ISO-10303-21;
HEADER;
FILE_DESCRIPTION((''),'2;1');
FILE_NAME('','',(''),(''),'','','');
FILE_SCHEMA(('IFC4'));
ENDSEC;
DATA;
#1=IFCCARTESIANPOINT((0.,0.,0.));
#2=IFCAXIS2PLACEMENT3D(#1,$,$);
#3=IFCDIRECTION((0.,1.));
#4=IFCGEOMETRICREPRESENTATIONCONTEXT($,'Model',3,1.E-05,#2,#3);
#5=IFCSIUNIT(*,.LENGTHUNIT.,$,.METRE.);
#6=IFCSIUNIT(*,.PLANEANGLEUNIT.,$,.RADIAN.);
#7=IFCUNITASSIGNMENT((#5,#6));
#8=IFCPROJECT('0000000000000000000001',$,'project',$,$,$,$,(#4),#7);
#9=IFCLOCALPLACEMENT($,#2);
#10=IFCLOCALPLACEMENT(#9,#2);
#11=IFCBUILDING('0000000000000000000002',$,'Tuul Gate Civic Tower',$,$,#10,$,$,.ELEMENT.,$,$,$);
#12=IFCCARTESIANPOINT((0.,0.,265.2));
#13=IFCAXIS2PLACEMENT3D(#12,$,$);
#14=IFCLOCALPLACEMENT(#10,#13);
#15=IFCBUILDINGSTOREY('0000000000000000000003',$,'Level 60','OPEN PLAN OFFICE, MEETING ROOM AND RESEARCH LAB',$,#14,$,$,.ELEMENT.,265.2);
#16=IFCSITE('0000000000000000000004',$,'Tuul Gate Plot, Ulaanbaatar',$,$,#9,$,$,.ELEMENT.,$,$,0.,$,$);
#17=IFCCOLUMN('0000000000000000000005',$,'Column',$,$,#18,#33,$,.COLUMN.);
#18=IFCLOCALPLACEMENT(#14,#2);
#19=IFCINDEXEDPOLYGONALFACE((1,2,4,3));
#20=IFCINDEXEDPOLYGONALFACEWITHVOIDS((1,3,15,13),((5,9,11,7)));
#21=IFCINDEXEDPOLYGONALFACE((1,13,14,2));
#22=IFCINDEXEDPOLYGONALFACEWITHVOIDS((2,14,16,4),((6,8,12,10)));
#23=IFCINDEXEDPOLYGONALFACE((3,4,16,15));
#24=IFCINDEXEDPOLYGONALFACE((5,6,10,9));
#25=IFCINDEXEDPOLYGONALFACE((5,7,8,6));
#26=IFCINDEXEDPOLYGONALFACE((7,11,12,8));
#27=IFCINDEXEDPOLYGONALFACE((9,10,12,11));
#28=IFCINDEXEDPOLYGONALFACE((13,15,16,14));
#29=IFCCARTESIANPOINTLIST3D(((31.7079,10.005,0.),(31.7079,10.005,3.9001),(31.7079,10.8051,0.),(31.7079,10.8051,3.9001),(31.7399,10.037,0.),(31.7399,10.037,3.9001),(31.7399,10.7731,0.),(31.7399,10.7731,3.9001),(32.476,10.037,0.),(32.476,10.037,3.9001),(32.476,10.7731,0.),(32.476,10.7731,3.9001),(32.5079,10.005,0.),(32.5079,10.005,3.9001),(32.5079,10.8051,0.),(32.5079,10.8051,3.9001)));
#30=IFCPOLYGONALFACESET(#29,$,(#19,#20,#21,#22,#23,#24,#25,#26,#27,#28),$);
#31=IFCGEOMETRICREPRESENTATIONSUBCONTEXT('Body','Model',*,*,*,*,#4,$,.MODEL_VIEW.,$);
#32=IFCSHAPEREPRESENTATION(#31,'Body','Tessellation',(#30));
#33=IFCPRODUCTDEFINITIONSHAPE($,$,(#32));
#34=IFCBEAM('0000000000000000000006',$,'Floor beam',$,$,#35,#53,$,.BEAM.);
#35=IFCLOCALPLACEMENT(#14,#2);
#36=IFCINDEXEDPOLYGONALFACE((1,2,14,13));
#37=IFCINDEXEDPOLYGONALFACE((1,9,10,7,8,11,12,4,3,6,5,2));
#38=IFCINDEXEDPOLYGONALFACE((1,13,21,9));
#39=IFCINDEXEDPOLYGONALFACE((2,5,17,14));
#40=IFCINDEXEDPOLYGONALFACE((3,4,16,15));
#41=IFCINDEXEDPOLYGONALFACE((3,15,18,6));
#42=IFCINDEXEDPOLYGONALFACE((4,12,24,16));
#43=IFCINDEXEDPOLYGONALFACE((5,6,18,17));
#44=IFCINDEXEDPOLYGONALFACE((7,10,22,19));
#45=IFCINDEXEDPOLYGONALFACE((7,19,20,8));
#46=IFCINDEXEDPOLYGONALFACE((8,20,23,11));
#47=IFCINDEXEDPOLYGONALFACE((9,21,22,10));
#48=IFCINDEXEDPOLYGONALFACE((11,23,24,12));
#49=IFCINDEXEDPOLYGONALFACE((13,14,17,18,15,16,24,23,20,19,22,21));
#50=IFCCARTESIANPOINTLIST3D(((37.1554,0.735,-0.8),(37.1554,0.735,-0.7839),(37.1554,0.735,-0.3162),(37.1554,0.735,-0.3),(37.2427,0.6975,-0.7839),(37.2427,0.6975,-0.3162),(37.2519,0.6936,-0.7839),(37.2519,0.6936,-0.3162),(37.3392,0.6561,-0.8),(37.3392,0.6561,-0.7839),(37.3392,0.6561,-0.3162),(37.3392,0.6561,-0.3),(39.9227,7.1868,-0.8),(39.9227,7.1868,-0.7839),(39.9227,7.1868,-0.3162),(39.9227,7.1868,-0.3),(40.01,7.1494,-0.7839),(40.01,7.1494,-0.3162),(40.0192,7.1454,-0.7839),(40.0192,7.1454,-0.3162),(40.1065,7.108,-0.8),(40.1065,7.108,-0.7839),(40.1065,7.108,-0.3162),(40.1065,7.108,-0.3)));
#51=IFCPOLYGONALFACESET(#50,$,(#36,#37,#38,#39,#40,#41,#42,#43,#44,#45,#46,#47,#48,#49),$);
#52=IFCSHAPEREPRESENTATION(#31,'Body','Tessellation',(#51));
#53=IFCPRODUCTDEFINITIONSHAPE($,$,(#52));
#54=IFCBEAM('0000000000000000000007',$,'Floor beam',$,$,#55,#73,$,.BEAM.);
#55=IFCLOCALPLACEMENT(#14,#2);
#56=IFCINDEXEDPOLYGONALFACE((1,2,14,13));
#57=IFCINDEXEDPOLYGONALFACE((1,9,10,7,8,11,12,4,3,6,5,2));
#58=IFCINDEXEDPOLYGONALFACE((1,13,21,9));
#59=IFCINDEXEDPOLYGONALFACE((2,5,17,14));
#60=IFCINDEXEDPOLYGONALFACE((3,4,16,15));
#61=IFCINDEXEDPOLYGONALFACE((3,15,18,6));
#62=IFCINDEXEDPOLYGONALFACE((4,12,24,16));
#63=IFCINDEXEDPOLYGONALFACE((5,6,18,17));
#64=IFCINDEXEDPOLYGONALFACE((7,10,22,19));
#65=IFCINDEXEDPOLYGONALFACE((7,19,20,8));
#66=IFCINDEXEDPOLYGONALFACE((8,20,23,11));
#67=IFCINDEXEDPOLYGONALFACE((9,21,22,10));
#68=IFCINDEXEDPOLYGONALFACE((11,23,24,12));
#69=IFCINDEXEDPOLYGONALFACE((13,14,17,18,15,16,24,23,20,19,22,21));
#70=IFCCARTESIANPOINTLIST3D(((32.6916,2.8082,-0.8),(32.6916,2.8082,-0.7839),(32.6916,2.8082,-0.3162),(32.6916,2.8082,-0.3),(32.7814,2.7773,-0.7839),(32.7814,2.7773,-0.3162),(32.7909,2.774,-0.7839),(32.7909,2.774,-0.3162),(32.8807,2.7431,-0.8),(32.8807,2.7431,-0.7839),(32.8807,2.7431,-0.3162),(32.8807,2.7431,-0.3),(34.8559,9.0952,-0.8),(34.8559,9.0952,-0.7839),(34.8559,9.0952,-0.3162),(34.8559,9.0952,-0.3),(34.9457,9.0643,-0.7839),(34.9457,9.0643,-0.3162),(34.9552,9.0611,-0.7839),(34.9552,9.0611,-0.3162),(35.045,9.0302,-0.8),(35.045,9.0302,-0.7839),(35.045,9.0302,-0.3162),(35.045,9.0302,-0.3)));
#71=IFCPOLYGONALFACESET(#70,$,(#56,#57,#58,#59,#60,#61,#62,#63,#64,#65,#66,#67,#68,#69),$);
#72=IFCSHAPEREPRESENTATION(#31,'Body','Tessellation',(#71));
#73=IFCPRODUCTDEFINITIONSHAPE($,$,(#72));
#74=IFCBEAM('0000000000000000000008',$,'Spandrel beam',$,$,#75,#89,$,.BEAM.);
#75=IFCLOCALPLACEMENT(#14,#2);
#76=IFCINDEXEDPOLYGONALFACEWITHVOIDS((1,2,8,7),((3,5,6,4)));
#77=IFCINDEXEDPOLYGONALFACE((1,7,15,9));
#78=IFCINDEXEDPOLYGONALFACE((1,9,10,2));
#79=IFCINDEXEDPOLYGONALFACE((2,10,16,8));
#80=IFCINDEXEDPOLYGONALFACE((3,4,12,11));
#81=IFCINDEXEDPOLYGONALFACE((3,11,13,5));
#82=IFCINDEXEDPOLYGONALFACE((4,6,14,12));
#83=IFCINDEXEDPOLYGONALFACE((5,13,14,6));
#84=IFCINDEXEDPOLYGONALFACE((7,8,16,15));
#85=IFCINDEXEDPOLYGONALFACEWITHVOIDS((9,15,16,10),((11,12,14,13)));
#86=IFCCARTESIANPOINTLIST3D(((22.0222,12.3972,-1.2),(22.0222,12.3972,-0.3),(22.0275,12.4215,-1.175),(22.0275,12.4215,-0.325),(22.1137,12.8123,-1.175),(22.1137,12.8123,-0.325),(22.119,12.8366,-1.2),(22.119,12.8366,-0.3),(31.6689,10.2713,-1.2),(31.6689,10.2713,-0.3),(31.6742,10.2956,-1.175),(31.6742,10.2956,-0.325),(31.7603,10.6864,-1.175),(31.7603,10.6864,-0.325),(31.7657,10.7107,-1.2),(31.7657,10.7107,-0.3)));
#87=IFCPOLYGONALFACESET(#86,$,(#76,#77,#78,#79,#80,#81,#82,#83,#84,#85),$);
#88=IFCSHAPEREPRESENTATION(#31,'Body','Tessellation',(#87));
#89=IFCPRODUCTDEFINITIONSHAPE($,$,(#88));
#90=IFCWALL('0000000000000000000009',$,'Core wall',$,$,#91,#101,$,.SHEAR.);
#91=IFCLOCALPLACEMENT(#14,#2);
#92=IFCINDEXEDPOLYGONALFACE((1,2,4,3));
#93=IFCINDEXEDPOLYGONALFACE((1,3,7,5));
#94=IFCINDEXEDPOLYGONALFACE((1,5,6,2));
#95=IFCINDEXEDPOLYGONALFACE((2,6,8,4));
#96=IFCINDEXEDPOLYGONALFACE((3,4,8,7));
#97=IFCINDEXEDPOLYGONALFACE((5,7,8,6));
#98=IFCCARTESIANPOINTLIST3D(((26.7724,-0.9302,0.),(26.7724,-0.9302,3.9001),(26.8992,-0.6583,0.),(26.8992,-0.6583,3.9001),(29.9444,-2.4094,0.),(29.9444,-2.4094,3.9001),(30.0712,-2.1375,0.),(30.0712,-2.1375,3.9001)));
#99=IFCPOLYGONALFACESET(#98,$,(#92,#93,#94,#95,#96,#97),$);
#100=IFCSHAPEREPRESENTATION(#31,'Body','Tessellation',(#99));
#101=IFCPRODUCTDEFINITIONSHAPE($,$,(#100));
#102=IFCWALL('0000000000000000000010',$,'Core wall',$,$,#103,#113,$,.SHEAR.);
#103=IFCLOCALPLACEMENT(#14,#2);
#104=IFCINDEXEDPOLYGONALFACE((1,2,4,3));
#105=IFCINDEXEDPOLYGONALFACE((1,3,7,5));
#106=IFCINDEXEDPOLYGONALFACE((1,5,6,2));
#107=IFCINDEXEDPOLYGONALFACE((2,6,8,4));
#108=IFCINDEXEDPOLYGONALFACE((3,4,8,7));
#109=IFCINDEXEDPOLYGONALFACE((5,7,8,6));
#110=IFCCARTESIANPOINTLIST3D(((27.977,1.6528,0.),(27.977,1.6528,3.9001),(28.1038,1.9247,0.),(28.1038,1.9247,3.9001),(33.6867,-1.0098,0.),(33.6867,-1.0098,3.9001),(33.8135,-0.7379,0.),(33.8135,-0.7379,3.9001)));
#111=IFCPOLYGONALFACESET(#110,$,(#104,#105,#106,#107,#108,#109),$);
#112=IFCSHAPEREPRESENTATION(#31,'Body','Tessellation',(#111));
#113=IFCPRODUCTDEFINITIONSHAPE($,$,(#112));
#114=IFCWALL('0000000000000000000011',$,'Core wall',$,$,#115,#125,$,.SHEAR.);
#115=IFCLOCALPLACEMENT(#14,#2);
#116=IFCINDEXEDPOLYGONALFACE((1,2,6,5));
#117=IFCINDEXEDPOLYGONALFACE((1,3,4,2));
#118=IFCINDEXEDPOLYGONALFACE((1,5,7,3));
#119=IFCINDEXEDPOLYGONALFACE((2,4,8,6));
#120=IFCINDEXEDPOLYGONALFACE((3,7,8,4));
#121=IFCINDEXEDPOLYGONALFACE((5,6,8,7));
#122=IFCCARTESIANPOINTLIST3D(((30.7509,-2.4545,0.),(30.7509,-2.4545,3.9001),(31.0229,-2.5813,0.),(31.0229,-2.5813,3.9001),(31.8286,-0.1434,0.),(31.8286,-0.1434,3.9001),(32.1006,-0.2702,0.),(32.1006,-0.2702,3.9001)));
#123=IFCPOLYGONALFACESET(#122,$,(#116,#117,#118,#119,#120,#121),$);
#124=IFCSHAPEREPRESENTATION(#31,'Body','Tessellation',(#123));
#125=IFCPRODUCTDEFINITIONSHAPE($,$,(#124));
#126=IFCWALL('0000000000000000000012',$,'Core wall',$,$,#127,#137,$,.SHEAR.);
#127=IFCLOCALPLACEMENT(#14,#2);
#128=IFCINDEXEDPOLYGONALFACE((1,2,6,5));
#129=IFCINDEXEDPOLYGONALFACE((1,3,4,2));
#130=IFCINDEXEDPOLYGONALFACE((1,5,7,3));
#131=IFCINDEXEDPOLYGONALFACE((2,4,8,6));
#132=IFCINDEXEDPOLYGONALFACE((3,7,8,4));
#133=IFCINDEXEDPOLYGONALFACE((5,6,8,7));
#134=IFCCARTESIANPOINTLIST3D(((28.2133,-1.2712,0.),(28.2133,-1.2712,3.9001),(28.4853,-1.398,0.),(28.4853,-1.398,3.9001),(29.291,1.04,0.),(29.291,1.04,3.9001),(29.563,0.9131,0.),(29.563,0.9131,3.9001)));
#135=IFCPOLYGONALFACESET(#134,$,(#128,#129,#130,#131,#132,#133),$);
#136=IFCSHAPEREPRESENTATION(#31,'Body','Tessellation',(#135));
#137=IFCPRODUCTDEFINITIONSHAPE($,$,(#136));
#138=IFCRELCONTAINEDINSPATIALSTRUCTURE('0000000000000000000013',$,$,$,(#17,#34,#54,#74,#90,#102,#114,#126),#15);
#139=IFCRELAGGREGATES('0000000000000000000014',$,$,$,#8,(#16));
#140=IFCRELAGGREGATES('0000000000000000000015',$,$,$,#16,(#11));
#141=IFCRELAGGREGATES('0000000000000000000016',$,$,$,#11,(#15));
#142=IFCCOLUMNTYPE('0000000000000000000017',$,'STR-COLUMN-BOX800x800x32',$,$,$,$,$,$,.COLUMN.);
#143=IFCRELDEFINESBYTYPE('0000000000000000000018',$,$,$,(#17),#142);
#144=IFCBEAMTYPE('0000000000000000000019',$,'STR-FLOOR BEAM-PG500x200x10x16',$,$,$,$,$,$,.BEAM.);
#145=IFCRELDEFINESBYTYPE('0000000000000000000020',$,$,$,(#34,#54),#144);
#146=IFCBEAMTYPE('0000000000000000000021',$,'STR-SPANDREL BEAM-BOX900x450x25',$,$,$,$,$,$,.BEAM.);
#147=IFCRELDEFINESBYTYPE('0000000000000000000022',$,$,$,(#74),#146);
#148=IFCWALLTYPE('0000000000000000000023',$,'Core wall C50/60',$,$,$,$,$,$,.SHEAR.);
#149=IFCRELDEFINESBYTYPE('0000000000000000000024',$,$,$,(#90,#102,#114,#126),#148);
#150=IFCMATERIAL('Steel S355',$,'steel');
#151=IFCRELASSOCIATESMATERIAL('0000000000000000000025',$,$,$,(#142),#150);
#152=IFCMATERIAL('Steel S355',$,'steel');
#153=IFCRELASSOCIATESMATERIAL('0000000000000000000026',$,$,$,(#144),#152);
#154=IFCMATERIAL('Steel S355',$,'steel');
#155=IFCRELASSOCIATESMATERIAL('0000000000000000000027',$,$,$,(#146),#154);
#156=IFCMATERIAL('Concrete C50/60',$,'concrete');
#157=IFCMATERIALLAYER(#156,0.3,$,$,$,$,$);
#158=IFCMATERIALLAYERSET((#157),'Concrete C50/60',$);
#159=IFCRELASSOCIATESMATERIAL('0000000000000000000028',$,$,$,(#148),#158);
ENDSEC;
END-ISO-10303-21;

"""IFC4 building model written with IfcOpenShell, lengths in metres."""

from ifc_helpers import new_model, si_unit, direction, frame, frame_2d, origin, origin_2d, place, context, subcontext, project, spatial, rectangle, hollow_rectangle, i_section, extrude, material, layer, layer_set, material_profile, profile_set, type_object, element, save


model = new_model("IFC4")

# Units and contexts
model_context = context("Model", 3, precision=1e-05, world=origin(), true_north=direction((0.0, 1.0)))
body_context = subcontext(model_context, "Body", "Model", "MODEL_VIEW")
ifc_project = project(units=[si_unit("LENGTHUNIT", "METRE"), si_unit("PLANEANGLEUNIT", "RADIAN")], contexts=[model_context])

# Site, building, storey
site_placement = place(None, origin())
site = spatial("IfcSite", under=ifc_project, at=site_placement, Name="Tuul Gate Plot, Ulaanbaatar", CompositionType="ELEMENT", RefElevation=0.0)
building_placement = place(site_placement, origin())
building = spatial("IfcBuilding", under=site, at=building_placement, Name="Tuul Gate Civic Tower", CompositionType="ELEMENT")
storey_placement = place(building_placement, frame((0.0, 0.0, 265.2)))
storey = spatial("IfcBuildingStorey", under=building, at=storey_placement, Name="Level 60", Description="OPEN PLAN OFFICE, MEETING ROOM AND RESEARCH LAB", CompositionType="ELEMENT", Elevation=265.2)

# Column
ifc_material_1 = material(Name="Steel S355", Category="steel")
ifc_material_profile_1 = material_profile(ifc_material_1, hollow_rectangle(XDim=0.8, YDim=0.8, WallThickness=0.032, at=origin_2d()), Name="BOX800x800x32")
ifc_profile_set_1 = profile_set([ifc_material_profile_1], Name="Steel S355")
column_type = type_object("IfcColumnType", Name="STR-COLUMN-BOX800x800x32", PredefinedType="COLUMN", material=ifc_profile_set_1)
column_placement = place(storey_placement, frame((32.1079, 10.405, 0.0), z_axis=(0.0, 0.0, 1.0), x_axis=(1.0, 0.0, 0.0)))
element("IfcColumn", 1, at=column_placement, inside=storey, type_object=column_type, Name="Column", PredefinedType="COLUMN", context=body_context, shape_type="SweptSolid", body=[
    extrude(hollow_rectangle(XDim=0.8, YDim=0.8, WallThickness=0.032, at=origin_2d()), origin(), (0.0, 0.0, 1.0), 3.9001),
])

# Beams
ifc_material_2 = material(Name="Steel S355", Category="steel")
ifc_material_profile_2 = material_profile(ifc_material_2, i_section(OverallWidth=0.2, OverallDepth=0.5, WebThickness=0.01, FlangeThickness=0.0161, at=origin_2d()), Name="PG500x200x10x16")
ifc_profile_set_2 = profile_set([ifc_material_profile_2], Name="Steel S355")
beam_type_1 = type_object("IfcBeamType", Name="STR-FLOOR BEAM-PG500x200x10x16", PredefinedType="BEAM", material=ifc_profile_set_2)
beam_1_placement = place(storey_placement, frame((37.2473, 0.6956, -0.55), z_axis=(0.394188, 0.91903, 0.0), x_axis=(-0.91903, 0.394188, 0.0)))
element("IfcBeam", 2, at=beam_1_placement, inside=storey, type_object=beam_type_1, Name="Floor beam", PredefinedType="BEAM", context=body_context, shape_type="SweptSolid", body=[
    extrude(i_section(OverallWidth=0.2, OverallDepth=0.5, WebThickness=0.01, FlangeThickness=0.0161, at=origin_2d()), origin(), (0.0, 0.0, 1.0), 7.0203),
])
beam_2_placement = place(storey_placement, frame((32.7861, 2.7756, -0.55), z_axis=(0.325498, 0.945543, 0.0), x_axis=(-0.945543, 0.325498, 0.0)))
element("IfcBeam", 3, at=beam_2_placement, inside=storey, type_object=beam_type_1, Name="Floor beam", PredefinedType="BEAM", context=body_context, shape_type="SweptSolid", body=[
    extrude(i_section(OverallWidth=0.2, OverallDepth=0.5, WebThickness=0.01, FlangeThickness=0.0161, at=origin_2d()), origin(), (0.0, 0.0, 1.0), 6.6492),
])
ifc_material_3 = material(Name="Steel S355", Category="steel")
ifc_material_profile_3 = material_profile(ifc_material_3, hollow_rectangle(XDim=0.45, YDim=0.8999, WallThickness=0.0249, at=origin_2d()), Name="BOX900x450x25")
ifc_profile_set_3 = profile_set([ifc_material_profile_3], Name="Steel S355")
beam_type_2 = type_object("IfcBeamType", Name="STR-SPANDREL BEAM-BOX900x450x25", PredefinedType="BEAM", material=ifc_profile_set_3)
beam_3_placement = place(storey_placement, frame((31.7173, 10.491, -0.75), z_axis=(-0.976566, 0.215219, 0.0), x_axis=(-0.215219, -0.976566, 0.0)))
element("IfcBeam", 4, at=beam_3_placement, inside=storey, type_object=beam_type_2, Name="Spandrel beam", PredefinedType="BEAM", context=body_context, shape_type="SweptSolid", body=[
    extrude(hollow_rectangle(XDim=0.45, YDim=0.8999, WallThickness=0.0249, at=origin_2d()), origin(), (0.0, 0.0, 1.0), 9.8782),
])

# Walls
ifc_material_4 = material(Name="Concrete C50/60", Category="concrete")
ifc_layer_1 = layer(ifc_material_4, 0.3)
ifc_layer_set_1 = layer_set([ifc_layer_1], Name="Concrete C50/60")
wall_type_1 = type_object("IfcWallType", Name="Core wall C50/60", PredefinedType="SHEAR", material=ifc_layer_set_1)
wall_1_placement = place(storey_placement, frame((30.0078, -2.2734, 0.0), z_axis=(0.0, 0.0, 1.0), x_axis=(-0.906301, 0.422633, 0.0)))
element("IfcWall", 5, at=wall_1_placement, inside=storey, type_object=wall_type_1, Name="Core wall", PredefinedType="SHEAR", context=body_context, shape_type="SweptSolid", body=[
    extrude(rectangle(XDim=3.5, YDim=0.3, at=frame_2d((1.75, 0.0))), origin(), (0.0, 0.0, 1.0), 3.9001),
])
wall_2_placement = place(storey_placement, frame((33.75, -0.8738, 0.0), z_axis=(0.0, 0.0, 1.0), x_axis=(-0.906301, 0.422633, 0.0)))
element("IfcWall", 6, at=wall_2_placement, inside=storey, type_object=wall_type_1, Name="Core wall", PredefinedType="SHEAR", context=body_context, shape_type="SweptSolid", body=[
    extrude(rectangle(XDim=6.3, YDim=0.3, at=frame_2d((3.1499, 0.0))), origin(), (0.0, 0.0, 1.0), 3.9001),
])
for number, where, z_axis, x_axis, name in (
    (7, (30.887, -2.5178, 0.0), (0.0, 0.0, 1.0), (0.422613, 0.90631, 0.0), "Core wall"),
    (8, (28.3494, -1.3345, 0.0), (0.0, 0.0, 1.0), (0.422613, 0.90631, 0.0), "Core wall"),
):
    element("IfcWall", number, at=place(storey_placement, frame(where, z_axis=z_axis, x_axis=x_axis)), inside=storey, type_object=wall_type_1, Name=name, PredefinedType="SHEAR", context=body_context, shape_type="SweptSolid", body=[
        extrude(rectangle(XDim=2.55, YDim=0.3, at=frame_2d((1.2749, 0.0))), origin(), (0.0, 0.0, 1.0), 3.9001),
    ])

save(model, "model.ifc")
